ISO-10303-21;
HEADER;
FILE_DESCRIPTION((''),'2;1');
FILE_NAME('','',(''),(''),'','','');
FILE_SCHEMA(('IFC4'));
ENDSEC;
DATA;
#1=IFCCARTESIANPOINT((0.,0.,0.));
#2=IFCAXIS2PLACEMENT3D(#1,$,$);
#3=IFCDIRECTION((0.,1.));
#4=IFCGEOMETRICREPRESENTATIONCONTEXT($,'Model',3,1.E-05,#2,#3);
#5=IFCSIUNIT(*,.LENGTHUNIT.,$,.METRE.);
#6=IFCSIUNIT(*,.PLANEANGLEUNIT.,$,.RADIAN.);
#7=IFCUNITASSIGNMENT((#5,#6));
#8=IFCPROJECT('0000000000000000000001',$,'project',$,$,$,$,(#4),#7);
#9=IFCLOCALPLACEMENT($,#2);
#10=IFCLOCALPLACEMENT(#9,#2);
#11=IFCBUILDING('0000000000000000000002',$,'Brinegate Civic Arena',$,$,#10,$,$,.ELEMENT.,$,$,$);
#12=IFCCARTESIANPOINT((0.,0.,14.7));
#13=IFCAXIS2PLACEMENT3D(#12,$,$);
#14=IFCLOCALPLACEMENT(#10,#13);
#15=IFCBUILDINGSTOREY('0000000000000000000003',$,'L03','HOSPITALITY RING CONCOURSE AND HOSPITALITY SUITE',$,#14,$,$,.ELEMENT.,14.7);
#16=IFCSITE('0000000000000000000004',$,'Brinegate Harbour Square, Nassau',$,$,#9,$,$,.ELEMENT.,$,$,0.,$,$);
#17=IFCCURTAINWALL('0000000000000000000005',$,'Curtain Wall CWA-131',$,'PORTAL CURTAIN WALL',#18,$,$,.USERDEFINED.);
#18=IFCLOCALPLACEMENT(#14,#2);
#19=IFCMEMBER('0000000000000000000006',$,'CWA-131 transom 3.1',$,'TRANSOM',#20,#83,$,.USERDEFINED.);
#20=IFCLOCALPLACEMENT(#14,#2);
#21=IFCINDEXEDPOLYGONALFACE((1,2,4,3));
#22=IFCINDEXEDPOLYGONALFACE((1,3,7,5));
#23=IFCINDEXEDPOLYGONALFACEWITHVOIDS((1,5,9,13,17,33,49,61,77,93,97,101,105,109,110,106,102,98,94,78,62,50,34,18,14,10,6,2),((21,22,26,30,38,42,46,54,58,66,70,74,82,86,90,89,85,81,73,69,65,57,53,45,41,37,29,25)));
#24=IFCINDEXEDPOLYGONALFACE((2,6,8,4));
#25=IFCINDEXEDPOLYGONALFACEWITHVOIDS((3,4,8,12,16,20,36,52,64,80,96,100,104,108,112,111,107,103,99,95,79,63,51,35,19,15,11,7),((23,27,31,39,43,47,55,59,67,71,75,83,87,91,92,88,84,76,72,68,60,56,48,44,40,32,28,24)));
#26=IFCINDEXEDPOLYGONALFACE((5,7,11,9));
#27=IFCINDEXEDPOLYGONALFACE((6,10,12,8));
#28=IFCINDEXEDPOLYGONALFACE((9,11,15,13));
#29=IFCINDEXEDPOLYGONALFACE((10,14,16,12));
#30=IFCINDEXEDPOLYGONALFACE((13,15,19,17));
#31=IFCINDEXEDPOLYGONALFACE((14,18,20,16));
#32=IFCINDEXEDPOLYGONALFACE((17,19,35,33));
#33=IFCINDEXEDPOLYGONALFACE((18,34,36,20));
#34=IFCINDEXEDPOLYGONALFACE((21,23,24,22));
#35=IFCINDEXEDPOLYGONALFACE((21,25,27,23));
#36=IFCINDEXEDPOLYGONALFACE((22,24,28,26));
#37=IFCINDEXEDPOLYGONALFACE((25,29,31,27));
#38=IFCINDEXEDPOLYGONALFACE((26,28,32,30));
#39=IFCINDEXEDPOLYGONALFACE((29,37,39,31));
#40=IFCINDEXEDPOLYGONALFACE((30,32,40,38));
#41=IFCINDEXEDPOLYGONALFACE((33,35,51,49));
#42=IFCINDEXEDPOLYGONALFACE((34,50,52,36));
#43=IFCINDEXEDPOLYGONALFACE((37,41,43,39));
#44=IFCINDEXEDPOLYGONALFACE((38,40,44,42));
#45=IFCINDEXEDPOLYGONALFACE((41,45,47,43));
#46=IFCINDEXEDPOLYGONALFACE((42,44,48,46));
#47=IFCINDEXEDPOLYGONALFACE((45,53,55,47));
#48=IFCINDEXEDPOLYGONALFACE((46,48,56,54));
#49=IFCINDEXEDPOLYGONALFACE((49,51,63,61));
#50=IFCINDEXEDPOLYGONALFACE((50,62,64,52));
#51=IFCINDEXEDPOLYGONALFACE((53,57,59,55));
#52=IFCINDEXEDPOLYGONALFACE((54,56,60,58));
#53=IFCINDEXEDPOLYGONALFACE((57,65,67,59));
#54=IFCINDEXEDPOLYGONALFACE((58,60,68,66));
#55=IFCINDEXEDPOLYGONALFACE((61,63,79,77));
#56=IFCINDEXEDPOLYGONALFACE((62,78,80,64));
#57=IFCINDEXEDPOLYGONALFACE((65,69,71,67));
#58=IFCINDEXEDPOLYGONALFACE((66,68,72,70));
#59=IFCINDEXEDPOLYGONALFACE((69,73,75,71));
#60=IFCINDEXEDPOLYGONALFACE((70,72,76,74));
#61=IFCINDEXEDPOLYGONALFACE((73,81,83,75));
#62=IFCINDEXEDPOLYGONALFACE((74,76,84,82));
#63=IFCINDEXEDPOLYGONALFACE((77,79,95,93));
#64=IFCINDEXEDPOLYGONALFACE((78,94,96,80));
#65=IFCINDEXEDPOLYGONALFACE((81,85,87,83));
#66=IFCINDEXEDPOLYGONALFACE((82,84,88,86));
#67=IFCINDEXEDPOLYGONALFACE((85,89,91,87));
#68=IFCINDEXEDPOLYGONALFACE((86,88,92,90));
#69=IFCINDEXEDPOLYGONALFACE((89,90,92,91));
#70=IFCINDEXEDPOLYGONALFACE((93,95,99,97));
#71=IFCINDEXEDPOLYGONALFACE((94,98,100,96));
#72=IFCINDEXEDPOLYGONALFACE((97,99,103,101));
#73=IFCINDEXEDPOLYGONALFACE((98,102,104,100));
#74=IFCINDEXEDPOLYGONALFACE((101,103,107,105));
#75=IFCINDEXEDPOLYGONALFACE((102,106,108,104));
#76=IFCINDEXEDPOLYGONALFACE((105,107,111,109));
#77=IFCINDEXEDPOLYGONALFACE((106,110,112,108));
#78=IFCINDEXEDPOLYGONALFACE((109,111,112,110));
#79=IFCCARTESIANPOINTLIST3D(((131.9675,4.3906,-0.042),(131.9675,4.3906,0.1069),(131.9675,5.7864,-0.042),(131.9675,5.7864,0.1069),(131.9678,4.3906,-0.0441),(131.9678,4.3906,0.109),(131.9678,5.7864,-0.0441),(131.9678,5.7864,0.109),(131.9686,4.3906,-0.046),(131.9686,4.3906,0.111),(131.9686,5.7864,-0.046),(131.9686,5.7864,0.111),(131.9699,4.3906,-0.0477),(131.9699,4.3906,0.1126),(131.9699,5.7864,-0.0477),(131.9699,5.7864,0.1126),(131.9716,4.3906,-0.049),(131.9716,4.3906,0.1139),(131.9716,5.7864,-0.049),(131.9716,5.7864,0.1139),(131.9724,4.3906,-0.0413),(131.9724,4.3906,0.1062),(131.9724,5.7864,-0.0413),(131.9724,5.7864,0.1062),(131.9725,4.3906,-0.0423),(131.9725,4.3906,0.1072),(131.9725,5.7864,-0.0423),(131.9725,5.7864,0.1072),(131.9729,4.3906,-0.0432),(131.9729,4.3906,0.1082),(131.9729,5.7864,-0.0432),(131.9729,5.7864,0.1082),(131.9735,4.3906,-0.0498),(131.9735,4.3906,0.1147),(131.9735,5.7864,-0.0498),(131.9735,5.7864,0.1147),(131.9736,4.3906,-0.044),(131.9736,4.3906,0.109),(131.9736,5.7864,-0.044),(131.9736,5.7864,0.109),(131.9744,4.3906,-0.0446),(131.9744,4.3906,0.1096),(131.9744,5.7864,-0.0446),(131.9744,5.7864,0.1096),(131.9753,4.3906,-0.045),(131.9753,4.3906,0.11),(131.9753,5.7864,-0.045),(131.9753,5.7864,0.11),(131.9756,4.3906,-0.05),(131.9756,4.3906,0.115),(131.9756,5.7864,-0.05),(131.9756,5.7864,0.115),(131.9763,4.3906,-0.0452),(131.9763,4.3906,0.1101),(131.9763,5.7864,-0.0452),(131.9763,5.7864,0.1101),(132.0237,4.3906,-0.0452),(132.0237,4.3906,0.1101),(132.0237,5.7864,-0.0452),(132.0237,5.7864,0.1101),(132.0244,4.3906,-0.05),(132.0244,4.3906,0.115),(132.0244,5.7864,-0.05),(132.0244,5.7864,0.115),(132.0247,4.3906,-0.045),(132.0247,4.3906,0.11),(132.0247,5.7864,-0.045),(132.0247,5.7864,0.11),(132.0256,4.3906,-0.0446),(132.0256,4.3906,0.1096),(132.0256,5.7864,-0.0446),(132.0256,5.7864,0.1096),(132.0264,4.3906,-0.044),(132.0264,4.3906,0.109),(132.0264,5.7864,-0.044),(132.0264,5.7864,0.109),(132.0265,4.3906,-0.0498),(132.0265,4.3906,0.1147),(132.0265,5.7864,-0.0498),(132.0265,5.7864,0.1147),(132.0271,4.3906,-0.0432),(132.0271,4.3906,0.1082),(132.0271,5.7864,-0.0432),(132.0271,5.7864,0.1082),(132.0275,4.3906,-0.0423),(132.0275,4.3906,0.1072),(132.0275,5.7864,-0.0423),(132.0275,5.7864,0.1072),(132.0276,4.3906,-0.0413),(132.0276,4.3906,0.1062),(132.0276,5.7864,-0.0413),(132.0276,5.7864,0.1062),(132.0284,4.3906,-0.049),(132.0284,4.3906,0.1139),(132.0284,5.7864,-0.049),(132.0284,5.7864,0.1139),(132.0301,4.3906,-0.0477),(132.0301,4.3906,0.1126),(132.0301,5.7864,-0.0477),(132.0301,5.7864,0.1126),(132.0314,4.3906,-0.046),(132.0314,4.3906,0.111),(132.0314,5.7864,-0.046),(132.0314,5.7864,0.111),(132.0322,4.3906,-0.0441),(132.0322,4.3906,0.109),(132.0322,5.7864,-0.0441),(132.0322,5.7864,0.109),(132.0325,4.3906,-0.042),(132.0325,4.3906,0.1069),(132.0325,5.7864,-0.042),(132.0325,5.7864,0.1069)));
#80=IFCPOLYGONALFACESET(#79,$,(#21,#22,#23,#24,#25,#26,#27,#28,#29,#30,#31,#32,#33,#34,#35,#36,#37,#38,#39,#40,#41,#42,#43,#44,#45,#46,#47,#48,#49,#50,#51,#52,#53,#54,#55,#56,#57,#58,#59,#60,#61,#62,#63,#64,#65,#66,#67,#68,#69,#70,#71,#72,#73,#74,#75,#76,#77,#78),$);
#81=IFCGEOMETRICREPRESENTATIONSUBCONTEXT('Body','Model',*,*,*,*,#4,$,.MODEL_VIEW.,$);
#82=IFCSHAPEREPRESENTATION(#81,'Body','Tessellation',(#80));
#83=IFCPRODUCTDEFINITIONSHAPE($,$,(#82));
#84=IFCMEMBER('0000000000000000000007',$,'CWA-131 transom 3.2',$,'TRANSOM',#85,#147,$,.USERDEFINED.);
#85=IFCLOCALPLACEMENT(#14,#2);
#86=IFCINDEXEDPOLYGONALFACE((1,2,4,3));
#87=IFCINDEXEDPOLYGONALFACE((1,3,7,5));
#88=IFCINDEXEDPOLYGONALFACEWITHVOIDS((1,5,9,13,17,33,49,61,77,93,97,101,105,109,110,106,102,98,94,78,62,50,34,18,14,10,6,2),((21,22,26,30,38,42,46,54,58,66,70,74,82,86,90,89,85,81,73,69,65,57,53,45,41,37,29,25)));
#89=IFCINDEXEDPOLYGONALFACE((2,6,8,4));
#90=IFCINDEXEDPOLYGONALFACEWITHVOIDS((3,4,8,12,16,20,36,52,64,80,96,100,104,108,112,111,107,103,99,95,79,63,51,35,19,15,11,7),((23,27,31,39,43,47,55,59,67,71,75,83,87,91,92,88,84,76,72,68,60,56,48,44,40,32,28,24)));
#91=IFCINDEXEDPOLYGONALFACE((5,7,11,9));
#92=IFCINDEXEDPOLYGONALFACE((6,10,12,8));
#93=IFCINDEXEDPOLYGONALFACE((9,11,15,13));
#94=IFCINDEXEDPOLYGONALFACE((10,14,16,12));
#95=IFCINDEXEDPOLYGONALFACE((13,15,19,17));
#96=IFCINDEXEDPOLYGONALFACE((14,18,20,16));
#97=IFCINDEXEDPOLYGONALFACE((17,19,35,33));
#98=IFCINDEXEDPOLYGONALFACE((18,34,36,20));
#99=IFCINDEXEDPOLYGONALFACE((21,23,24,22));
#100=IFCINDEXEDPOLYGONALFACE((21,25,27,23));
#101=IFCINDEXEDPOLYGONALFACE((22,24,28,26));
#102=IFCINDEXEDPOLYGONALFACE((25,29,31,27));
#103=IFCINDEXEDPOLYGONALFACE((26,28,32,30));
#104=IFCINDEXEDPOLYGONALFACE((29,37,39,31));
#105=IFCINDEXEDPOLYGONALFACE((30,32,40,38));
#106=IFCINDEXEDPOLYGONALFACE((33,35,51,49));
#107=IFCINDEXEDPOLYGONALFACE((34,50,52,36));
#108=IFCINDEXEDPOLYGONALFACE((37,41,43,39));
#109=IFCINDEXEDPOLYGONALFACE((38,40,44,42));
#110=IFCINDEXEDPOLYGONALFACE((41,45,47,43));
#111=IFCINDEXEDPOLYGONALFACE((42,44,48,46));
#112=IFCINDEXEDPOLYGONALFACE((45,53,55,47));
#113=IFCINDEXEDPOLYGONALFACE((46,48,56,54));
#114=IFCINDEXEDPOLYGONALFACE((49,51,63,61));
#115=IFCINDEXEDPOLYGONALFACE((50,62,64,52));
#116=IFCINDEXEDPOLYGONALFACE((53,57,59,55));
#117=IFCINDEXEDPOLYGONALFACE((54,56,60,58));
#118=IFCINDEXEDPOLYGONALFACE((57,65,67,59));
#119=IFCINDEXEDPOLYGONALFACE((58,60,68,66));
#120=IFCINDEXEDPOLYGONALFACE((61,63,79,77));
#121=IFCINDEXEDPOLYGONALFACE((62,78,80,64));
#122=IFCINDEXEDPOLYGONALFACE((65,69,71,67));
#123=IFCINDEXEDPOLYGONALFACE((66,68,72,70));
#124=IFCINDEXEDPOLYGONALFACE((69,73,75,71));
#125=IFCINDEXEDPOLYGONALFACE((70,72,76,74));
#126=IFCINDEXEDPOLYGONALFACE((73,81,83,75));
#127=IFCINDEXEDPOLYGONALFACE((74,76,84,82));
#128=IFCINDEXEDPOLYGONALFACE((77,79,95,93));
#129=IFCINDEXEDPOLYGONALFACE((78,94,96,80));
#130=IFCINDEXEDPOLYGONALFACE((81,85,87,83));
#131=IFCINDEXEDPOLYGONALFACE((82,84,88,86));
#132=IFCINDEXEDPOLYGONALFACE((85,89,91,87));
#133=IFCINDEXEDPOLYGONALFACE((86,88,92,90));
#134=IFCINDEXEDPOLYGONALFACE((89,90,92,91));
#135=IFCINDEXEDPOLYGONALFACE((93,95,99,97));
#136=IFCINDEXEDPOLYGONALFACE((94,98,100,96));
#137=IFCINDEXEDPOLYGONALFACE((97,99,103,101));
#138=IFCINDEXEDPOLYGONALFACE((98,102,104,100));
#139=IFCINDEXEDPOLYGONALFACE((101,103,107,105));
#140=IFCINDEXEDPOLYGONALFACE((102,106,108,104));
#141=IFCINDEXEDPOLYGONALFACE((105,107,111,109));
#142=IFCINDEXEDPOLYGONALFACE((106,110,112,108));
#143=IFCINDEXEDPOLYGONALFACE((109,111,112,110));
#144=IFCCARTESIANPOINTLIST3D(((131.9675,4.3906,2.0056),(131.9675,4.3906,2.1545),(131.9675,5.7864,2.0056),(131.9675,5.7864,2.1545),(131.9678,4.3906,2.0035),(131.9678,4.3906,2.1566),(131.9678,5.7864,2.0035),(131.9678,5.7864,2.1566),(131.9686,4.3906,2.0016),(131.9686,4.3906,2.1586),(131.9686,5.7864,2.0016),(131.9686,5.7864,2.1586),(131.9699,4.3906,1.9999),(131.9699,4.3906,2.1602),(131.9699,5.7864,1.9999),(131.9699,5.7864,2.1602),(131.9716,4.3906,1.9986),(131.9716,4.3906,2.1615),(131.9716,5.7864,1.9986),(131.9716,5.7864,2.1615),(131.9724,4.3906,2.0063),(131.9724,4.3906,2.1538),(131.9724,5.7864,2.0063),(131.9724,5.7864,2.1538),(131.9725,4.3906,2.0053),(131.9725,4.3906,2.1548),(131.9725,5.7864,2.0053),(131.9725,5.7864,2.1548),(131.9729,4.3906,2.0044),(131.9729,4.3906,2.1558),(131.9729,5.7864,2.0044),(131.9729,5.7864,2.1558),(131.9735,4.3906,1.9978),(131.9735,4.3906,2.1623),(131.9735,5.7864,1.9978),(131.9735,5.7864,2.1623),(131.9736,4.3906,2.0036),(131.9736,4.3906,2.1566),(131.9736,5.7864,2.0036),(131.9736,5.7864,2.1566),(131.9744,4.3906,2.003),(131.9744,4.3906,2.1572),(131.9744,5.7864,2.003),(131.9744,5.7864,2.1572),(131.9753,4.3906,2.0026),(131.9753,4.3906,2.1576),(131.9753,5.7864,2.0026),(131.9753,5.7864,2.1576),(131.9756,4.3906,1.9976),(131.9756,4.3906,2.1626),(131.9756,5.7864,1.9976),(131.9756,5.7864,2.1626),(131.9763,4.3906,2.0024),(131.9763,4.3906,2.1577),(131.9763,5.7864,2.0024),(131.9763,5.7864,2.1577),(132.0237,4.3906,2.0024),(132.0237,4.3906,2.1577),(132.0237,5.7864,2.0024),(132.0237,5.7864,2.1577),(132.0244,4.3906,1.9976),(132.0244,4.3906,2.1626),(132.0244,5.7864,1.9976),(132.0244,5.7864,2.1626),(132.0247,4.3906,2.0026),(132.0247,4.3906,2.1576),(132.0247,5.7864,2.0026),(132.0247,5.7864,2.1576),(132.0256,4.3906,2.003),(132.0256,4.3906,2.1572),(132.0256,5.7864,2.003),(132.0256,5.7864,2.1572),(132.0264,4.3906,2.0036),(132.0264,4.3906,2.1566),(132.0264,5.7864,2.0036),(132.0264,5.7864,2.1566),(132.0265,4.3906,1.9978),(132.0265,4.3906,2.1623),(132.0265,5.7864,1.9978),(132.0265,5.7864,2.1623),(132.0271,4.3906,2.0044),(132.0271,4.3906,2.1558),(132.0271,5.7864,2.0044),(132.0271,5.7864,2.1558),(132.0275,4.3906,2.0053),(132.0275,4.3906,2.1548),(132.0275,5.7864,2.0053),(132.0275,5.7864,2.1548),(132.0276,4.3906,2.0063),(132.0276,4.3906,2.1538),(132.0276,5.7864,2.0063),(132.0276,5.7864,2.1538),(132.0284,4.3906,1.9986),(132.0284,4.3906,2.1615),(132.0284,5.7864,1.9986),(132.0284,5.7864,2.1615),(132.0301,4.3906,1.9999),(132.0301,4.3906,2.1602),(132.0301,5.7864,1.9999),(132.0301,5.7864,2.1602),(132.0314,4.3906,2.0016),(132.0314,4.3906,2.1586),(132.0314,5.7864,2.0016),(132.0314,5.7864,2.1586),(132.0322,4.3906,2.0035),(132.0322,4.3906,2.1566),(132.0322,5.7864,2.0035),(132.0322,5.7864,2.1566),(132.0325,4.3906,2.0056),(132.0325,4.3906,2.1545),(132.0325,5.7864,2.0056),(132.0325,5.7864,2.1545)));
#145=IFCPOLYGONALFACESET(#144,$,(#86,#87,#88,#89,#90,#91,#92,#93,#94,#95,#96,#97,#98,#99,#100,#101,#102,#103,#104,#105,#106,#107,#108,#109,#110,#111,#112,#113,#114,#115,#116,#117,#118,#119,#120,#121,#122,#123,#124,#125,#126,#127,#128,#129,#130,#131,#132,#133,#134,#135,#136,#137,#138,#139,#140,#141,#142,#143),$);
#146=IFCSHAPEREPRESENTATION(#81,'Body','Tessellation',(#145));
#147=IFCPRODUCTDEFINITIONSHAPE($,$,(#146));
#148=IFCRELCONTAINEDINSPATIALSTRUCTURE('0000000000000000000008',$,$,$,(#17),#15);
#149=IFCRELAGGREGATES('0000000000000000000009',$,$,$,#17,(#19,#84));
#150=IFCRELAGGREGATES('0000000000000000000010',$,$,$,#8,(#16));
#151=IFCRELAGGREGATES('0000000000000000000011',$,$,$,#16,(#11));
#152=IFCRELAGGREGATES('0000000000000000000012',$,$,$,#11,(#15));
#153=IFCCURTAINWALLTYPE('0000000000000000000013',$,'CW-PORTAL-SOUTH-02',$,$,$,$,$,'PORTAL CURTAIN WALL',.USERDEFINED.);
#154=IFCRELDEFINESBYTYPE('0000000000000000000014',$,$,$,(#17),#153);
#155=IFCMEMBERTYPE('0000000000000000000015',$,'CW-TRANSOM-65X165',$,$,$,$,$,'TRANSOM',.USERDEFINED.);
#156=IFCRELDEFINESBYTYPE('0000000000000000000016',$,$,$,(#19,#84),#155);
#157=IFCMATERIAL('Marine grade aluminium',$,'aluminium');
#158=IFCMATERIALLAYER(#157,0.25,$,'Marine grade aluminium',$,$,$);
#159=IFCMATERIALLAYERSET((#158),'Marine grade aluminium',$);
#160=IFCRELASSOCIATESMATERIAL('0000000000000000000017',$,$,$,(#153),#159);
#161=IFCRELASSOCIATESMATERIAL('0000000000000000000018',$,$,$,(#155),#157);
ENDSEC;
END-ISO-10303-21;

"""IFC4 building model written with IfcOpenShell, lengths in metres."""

from ifc_helpers import new_model, si_unit, direction, frame, origin, origin_2d, place, context, subcontext, project, spatial, hollow_rectangle, extrude, material, layer, layer_set, material_profile, profile_set, type_object, element, aggregate, save


model = new_model("IFC4")

# Units and contexts
model_context = context("Model", 3, precision=1e-05, world=origin(), true_north=direction((0.0, 1.0)))
body_context = subcontext(model_context, "Body", "Model", "MODEL_VIEW")
ifc_project = project(units=[si_unit("LENGTHUNIT", "METRE"), si_unit("PLANEANGLEUNIT", "RADIAN")], contexts=[model_context])

# Site, building, storey
site_placement = place(None, origin())
site = spatial("IfcSite", under=ifc_project, at=site_placement, Name="Brinegate Harbour Square, Nassau", CompositionType="ELEMENT", RefElevation=0.0)
building_placement = place(site_placement, origin())
building = spatial("IfcBuilding", under=site, at=building_placement, Name="Brinegate Civic Arena", CompositionType="ELEMENT")
storey_placement = place(building_placement, frame((0.0, 0.0, 14.7)))
storey = spatial("IfcBuildingStorey", under=building, at=storey_placement, Name="L03", Description="HOSPITALITY RING CONCOURSE AND HOSPITALITY SUITE", CompositionType="ELEMENT", Elevation=14.7)

# Curtain wall, members
ifc_material_1 = material(Name="Marine grade aluminium", Category="aluminium")
ifc_layer_1 = layer(ifc_material_1, 0.25, Name="Marine grade aluminium")
ifc_layer_set_1 = layer_set([ifc_layer_1], Name="Marine grade aluminium")
curtain_wall_type = type_object("IfcCurtainWallType", Name="CW-PORTAL-SOUTH-02", ElementType="PORTAL CURTAIN WALL", PredefinedType="USERDEFINED", material=ifc_layer_set_1)
curtain_wall_placement = place(storey_placement, origin())
curtain_wall = element("IfcCurtainWall", 1, at=curtain_wall_placement, inside=storey, type_object=curtain_wall_type, Name="Curtain Wall CWA-131", ObjectType="PORTAL CURTAIN WALL", PredefinedType="USERDEFINED")
ifc_material_profile_1 = material_profile(ifc_material_1, hollow_rectangle(XDim=0.0649, YDim=0.165, WallThickness=0.0049, InnerFilletRadius=0.0039, OuterFilletRadius=0.0081, at=origin_2d()), Name="TRN65X165")
ifc_profile_set_1 = profile_set([ifc_material_profile_1], Name="Marine grade aluminium")
member_type_1 = type_object("IfcMemberType", Name="CW-TRANSOM-65X165", ElementType="TRANSOM", PredefinedType="USERDEFINED", material=ifc_profile_set_1)
member_1_placement = place(storey_placement, frame((132.0, 4.3906, 0.0325), z_axis=(0.0, 1.0, 0.0), x_axis=(-1.0, 0.0, 0.0)))
member_1 = element("IfcMember", 2, at=member_1_placement, type_object=member_type_1, Name="CWA-131 transom 3.1", ObjectType="TRANSOM", PredefinedType="USERDEFINED", context=body_context, shape_type="SweptSolid", body=[
    extrude(hollow_rectangle(XDim=0.0649, YDim=0.165, WallThickness=0.0049, InnerFilletRadius=0.0039, OuterFilletRadius=0.0081, at=origin_2d()), origin(), (0.0, 0.0, 1.0), 1.3958),
])
member_2_placement = place(storey_placement, frame((132.0, 4.3906, 2.0801), z_axis=(0.0, 1.0, 0.0), x_axis=(-1.0, 0.0, 0.0)))
member_2 = element("IfcMember", 3, at=member_2_placement, type_object=member_type_1, Name="CWA-131 transom 3.2", ObjectType="TRANSOM", PredefinedType="USERDEFINED", context=body_context, shape_type="SweptSolid", body=[
    extrude(hollow_rectangle(XDim=0.0649, YDim=0.165, WallThickness=0.0049, InnerFilletRadius=0.0039, OuterFilletRadius=0.0081, at=origin_2d()), origin(), (0.0, 0.0, 1.0), 1.3958),
])

aggregate(curtain_wall, [member_1, member_2])

save(model, "model.ifc")
